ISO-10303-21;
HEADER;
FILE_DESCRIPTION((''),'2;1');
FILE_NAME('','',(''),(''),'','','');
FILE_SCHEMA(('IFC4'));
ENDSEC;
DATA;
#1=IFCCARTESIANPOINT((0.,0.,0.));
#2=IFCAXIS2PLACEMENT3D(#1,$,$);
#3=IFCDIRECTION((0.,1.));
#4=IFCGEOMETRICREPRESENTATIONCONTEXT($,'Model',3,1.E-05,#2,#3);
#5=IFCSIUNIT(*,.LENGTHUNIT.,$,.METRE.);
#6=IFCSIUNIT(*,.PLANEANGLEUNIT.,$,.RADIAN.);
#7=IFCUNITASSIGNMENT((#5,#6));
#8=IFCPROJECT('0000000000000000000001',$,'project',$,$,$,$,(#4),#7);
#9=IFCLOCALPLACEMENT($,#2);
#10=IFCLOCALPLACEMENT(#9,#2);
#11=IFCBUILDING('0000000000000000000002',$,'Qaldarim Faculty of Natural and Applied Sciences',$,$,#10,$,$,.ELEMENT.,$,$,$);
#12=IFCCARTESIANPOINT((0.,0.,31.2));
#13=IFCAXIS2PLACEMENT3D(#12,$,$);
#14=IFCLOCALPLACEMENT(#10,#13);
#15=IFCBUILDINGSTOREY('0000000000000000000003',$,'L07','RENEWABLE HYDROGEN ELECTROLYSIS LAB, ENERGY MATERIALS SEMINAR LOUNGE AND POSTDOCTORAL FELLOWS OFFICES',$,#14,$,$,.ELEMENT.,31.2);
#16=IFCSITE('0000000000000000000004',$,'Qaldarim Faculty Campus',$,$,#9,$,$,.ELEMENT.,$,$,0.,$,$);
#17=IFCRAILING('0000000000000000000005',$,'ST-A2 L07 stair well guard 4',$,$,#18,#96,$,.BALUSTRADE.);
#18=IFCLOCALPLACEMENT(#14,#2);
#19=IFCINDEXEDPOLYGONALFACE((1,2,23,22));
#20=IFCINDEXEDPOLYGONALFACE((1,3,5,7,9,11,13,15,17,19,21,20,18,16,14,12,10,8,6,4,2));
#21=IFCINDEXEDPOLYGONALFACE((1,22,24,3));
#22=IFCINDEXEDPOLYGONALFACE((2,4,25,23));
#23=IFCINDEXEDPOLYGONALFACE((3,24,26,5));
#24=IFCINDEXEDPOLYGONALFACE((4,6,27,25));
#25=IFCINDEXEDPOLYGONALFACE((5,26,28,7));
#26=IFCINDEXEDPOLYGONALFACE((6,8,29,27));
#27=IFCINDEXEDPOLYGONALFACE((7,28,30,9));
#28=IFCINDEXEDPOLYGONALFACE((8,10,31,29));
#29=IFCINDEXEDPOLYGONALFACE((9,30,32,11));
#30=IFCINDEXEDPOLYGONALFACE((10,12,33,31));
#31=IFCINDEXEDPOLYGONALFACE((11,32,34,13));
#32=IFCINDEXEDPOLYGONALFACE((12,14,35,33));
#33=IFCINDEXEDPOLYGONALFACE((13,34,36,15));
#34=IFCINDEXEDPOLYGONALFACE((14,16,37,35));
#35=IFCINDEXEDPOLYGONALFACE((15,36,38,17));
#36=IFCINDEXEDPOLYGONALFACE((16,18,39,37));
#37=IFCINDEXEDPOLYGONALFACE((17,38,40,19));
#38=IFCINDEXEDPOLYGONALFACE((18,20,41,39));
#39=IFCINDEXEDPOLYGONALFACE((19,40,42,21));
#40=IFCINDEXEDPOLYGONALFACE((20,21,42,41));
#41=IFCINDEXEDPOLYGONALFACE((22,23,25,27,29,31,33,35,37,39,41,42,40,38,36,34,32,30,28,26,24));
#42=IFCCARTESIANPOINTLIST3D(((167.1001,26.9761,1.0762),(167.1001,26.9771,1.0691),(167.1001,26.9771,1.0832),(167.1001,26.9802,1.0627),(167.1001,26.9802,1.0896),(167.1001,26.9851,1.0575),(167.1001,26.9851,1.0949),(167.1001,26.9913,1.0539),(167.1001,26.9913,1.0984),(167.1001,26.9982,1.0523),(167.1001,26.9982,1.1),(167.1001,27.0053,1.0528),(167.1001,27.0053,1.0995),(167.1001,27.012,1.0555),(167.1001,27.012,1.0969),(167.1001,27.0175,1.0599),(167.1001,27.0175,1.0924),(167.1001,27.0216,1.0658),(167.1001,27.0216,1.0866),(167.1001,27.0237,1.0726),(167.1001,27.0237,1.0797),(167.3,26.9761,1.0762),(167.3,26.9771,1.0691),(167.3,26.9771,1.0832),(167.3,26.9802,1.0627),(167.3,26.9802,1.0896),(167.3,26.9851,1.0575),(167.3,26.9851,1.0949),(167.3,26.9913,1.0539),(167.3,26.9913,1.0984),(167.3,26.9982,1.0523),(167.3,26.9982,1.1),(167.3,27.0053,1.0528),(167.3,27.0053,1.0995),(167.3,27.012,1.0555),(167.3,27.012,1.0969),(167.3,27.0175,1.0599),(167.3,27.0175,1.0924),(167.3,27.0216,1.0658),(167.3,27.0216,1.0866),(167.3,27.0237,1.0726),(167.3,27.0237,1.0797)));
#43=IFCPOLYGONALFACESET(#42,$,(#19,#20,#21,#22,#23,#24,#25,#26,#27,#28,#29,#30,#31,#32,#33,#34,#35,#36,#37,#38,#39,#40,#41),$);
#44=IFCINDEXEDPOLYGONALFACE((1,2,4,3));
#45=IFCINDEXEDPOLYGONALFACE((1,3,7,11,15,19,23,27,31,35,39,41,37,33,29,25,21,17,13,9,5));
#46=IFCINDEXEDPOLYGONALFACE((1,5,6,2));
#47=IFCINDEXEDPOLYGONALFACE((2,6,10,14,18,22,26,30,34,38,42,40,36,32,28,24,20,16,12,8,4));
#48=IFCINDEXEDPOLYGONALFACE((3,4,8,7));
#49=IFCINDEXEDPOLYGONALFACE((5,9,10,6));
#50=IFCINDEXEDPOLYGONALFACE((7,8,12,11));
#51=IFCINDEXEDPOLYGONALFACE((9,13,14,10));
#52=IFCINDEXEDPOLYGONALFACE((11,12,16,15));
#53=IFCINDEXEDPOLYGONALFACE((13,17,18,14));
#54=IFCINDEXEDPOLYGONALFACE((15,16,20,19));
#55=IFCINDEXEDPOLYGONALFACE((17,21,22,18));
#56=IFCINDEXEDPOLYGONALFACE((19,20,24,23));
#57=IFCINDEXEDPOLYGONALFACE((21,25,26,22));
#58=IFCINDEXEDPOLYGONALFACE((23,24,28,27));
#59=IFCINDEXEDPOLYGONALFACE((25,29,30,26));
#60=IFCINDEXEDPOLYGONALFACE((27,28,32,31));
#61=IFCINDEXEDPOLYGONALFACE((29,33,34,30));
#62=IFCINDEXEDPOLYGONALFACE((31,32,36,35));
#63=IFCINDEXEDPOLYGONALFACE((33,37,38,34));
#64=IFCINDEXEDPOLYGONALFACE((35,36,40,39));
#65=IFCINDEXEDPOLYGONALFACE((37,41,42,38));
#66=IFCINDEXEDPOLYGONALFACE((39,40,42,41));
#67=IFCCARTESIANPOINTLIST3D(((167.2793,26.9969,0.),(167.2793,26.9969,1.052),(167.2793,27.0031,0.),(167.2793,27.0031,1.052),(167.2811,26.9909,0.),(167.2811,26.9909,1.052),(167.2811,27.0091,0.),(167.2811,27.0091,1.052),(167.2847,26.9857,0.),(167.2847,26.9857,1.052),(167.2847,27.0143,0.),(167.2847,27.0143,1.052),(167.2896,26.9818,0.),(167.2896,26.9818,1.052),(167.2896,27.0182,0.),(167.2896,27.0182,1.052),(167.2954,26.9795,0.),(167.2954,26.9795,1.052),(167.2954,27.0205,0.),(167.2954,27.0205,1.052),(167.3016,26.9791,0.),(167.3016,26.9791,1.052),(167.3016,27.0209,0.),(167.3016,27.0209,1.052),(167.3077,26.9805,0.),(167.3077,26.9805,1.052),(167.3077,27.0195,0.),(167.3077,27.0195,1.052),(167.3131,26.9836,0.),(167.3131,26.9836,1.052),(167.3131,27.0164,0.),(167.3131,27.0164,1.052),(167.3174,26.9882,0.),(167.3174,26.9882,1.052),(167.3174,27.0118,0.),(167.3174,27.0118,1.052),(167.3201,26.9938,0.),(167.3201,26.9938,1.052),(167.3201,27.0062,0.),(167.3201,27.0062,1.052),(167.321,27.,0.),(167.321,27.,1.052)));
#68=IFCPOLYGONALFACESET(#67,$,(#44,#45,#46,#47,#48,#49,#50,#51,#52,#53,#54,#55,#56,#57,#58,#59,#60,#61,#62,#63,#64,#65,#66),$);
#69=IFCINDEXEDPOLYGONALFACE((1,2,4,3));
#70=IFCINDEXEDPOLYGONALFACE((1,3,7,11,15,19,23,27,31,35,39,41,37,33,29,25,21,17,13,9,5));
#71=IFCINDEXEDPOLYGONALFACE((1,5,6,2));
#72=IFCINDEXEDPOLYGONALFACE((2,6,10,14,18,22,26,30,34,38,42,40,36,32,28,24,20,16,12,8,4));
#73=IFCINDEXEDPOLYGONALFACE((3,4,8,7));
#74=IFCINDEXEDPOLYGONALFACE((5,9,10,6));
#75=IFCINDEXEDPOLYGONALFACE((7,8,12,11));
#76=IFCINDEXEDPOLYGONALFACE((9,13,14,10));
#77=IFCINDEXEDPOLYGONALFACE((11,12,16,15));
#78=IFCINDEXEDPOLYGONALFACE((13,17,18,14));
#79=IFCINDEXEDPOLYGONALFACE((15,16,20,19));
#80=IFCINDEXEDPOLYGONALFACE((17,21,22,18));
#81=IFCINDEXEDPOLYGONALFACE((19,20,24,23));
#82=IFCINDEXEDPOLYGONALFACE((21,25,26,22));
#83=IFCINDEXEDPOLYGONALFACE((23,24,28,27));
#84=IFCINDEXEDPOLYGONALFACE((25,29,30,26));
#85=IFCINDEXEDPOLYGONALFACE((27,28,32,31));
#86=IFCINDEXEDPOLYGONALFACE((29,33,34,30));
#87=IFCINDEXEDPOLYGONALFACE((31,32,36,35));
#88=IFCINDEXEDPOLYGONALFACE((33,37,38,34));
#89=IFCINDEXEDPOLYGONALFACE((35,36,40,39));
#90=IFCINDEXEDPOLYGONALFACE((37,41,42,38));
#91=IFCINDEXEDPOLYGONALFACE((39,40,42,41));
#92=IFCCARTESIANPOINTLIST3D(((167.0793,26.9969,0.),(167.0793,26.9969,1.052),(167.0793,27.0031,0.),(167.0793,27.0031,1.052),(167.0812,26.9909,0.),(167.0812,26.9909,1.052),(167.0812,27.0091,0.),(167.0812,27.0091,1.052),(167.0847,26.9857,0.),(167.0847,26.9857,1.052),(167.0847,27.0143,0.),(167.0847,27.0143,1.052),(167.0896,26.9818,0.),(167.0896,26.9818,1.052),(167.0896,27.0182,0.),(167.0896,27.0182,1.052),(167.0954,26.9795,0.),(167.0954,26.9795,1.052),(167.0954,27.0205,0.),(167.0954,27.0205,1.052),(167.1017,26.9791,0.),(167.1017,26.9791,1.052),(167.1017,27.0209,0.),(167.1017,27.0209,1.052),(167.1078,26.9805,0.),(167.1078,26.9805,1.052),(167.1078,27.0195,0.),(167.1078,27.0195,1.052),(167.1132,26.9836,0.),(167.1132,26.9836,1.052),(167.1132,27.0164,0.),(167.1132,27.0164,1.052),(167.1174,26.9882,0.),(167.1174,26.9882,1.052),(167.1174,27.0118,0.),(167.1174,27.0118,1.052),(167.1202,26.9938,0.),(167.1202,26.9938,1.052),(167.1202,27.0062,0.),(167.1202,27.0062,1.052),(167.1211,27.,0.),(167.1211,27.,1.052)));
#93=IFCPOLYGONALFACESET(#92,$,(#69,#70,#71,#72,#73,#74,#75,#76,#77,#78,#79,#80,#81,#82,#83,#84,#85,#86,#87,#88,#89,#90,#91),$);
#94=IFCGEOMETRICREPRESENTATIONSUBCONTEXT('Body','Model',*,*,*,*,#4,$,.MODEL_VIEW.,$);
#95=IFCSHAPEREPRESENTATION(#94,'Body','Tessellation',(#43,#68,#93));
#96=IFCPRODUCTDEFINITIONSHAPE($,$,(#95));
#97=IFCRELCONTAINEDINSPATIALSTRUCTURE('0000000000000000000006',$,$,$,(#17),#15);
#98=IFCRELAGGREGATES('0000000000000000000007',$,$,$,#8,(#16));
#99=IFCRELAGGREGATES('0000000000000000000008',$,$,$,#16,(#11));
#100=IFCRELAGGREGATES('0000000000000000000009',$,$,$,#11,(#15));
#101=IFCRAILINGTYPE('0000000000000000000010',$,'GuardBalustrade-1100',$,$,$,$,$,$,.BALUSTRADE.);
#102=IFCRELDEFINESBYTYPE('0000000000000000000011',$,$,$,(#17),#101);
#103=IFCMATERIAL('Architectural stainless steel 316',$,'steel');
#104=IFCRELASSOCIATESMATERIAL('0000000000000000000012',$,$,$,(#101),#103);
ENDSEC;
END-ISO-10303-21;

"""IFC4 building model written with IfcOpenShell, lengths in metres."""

from ifc_helpers import new_model, si_unit, direction, frame, origin, origin_2d, place, context, subcontext, project, spatial, circle, extrude, material, type_object, element, save


model = new_model("IFC4")

# Units and contexts
model_context = context("Model", 3, precision=1e-05, world=origin(), true_north=direction((0.0, 1.0)))
body_context = subcontext(model_context, "Body", "Model", "MODEL_VIEW")
ifc_project = project(units=[si_unit("LENGTHUNIT", "METRE"), si_unit("PLANEANGLEUNIT", "RADIAN")], contexts=[model_context])

# Site, building, storey
site_placement = place(None, origin())
site = spatial("IfcSite", under=ifc_project, at=site_placement, Name="Qaldarim Faculty Campus", CompositionType="ELEMENT", RefElevation=0.0)
building_placement = place(site_placement, origin())
building = spatial("IfcBuilding", under=site, at=building_placement, Name="Qaldarim Faculty of Natural and Applied Sciences", CompositionType="ELEMENT")
storey_placement = place(building_placement, frame((0.0, 0.0, 31.2)))
storey = spatial("IfcBuildingStorey", under=building, at=storey_placement, Name="L07", Description="RENEWABLE HYDROGEN ELECTROLYSIS LAB, ENERGY MATERIALS SEMINAR LOUNGE AND POSTDOCTORAL FELLOWS OFFICES", CompositionType="ELEMENT", Elevation=31.2)

# Shared definitions
ifc_material_1 = material(Name="Architectural stainless steel 316", Category="steel")

# Railing
railing_type_1 = type_object("IfcRailingType", Name="GuardBalustrade-1100", PredefinedType="BALUSTRADE", material=ifc_material_1)
railing_1_placement = place(storey_placement, frame((167.3, 27.0, 0.0)))
element("IfcRailing", 1, at=railing_1_placement, inside=storey, type_object=railing_type_1, Name="ST-A2 L07 stair well guard 4", PredefinedType="BALUSTRADE", context=body_context, shape_type="SweptSolid", body=[
    extrude(circle(Radius=0.0239, at=origin_2d()), frame((0.0, 0.0, 1.0762), z_axis=(-1.0, 0.0, 0.0), x_axis=(0.0, -1.0, 0.0)), (0.0, 0.0, 1.0), 0.2),
    extrude(circle(Radius=0.021, at=origin_2d()), origin(), (0.0, 0.0, 1.0), 1.052),
    extrude(circle(Radius=0.021, at=origin_2d()), frame((-0.2, 0.0, 0.0)), (0.0, 0.0, 1.0), 1.052),
])

save(model, "model.ifc")
